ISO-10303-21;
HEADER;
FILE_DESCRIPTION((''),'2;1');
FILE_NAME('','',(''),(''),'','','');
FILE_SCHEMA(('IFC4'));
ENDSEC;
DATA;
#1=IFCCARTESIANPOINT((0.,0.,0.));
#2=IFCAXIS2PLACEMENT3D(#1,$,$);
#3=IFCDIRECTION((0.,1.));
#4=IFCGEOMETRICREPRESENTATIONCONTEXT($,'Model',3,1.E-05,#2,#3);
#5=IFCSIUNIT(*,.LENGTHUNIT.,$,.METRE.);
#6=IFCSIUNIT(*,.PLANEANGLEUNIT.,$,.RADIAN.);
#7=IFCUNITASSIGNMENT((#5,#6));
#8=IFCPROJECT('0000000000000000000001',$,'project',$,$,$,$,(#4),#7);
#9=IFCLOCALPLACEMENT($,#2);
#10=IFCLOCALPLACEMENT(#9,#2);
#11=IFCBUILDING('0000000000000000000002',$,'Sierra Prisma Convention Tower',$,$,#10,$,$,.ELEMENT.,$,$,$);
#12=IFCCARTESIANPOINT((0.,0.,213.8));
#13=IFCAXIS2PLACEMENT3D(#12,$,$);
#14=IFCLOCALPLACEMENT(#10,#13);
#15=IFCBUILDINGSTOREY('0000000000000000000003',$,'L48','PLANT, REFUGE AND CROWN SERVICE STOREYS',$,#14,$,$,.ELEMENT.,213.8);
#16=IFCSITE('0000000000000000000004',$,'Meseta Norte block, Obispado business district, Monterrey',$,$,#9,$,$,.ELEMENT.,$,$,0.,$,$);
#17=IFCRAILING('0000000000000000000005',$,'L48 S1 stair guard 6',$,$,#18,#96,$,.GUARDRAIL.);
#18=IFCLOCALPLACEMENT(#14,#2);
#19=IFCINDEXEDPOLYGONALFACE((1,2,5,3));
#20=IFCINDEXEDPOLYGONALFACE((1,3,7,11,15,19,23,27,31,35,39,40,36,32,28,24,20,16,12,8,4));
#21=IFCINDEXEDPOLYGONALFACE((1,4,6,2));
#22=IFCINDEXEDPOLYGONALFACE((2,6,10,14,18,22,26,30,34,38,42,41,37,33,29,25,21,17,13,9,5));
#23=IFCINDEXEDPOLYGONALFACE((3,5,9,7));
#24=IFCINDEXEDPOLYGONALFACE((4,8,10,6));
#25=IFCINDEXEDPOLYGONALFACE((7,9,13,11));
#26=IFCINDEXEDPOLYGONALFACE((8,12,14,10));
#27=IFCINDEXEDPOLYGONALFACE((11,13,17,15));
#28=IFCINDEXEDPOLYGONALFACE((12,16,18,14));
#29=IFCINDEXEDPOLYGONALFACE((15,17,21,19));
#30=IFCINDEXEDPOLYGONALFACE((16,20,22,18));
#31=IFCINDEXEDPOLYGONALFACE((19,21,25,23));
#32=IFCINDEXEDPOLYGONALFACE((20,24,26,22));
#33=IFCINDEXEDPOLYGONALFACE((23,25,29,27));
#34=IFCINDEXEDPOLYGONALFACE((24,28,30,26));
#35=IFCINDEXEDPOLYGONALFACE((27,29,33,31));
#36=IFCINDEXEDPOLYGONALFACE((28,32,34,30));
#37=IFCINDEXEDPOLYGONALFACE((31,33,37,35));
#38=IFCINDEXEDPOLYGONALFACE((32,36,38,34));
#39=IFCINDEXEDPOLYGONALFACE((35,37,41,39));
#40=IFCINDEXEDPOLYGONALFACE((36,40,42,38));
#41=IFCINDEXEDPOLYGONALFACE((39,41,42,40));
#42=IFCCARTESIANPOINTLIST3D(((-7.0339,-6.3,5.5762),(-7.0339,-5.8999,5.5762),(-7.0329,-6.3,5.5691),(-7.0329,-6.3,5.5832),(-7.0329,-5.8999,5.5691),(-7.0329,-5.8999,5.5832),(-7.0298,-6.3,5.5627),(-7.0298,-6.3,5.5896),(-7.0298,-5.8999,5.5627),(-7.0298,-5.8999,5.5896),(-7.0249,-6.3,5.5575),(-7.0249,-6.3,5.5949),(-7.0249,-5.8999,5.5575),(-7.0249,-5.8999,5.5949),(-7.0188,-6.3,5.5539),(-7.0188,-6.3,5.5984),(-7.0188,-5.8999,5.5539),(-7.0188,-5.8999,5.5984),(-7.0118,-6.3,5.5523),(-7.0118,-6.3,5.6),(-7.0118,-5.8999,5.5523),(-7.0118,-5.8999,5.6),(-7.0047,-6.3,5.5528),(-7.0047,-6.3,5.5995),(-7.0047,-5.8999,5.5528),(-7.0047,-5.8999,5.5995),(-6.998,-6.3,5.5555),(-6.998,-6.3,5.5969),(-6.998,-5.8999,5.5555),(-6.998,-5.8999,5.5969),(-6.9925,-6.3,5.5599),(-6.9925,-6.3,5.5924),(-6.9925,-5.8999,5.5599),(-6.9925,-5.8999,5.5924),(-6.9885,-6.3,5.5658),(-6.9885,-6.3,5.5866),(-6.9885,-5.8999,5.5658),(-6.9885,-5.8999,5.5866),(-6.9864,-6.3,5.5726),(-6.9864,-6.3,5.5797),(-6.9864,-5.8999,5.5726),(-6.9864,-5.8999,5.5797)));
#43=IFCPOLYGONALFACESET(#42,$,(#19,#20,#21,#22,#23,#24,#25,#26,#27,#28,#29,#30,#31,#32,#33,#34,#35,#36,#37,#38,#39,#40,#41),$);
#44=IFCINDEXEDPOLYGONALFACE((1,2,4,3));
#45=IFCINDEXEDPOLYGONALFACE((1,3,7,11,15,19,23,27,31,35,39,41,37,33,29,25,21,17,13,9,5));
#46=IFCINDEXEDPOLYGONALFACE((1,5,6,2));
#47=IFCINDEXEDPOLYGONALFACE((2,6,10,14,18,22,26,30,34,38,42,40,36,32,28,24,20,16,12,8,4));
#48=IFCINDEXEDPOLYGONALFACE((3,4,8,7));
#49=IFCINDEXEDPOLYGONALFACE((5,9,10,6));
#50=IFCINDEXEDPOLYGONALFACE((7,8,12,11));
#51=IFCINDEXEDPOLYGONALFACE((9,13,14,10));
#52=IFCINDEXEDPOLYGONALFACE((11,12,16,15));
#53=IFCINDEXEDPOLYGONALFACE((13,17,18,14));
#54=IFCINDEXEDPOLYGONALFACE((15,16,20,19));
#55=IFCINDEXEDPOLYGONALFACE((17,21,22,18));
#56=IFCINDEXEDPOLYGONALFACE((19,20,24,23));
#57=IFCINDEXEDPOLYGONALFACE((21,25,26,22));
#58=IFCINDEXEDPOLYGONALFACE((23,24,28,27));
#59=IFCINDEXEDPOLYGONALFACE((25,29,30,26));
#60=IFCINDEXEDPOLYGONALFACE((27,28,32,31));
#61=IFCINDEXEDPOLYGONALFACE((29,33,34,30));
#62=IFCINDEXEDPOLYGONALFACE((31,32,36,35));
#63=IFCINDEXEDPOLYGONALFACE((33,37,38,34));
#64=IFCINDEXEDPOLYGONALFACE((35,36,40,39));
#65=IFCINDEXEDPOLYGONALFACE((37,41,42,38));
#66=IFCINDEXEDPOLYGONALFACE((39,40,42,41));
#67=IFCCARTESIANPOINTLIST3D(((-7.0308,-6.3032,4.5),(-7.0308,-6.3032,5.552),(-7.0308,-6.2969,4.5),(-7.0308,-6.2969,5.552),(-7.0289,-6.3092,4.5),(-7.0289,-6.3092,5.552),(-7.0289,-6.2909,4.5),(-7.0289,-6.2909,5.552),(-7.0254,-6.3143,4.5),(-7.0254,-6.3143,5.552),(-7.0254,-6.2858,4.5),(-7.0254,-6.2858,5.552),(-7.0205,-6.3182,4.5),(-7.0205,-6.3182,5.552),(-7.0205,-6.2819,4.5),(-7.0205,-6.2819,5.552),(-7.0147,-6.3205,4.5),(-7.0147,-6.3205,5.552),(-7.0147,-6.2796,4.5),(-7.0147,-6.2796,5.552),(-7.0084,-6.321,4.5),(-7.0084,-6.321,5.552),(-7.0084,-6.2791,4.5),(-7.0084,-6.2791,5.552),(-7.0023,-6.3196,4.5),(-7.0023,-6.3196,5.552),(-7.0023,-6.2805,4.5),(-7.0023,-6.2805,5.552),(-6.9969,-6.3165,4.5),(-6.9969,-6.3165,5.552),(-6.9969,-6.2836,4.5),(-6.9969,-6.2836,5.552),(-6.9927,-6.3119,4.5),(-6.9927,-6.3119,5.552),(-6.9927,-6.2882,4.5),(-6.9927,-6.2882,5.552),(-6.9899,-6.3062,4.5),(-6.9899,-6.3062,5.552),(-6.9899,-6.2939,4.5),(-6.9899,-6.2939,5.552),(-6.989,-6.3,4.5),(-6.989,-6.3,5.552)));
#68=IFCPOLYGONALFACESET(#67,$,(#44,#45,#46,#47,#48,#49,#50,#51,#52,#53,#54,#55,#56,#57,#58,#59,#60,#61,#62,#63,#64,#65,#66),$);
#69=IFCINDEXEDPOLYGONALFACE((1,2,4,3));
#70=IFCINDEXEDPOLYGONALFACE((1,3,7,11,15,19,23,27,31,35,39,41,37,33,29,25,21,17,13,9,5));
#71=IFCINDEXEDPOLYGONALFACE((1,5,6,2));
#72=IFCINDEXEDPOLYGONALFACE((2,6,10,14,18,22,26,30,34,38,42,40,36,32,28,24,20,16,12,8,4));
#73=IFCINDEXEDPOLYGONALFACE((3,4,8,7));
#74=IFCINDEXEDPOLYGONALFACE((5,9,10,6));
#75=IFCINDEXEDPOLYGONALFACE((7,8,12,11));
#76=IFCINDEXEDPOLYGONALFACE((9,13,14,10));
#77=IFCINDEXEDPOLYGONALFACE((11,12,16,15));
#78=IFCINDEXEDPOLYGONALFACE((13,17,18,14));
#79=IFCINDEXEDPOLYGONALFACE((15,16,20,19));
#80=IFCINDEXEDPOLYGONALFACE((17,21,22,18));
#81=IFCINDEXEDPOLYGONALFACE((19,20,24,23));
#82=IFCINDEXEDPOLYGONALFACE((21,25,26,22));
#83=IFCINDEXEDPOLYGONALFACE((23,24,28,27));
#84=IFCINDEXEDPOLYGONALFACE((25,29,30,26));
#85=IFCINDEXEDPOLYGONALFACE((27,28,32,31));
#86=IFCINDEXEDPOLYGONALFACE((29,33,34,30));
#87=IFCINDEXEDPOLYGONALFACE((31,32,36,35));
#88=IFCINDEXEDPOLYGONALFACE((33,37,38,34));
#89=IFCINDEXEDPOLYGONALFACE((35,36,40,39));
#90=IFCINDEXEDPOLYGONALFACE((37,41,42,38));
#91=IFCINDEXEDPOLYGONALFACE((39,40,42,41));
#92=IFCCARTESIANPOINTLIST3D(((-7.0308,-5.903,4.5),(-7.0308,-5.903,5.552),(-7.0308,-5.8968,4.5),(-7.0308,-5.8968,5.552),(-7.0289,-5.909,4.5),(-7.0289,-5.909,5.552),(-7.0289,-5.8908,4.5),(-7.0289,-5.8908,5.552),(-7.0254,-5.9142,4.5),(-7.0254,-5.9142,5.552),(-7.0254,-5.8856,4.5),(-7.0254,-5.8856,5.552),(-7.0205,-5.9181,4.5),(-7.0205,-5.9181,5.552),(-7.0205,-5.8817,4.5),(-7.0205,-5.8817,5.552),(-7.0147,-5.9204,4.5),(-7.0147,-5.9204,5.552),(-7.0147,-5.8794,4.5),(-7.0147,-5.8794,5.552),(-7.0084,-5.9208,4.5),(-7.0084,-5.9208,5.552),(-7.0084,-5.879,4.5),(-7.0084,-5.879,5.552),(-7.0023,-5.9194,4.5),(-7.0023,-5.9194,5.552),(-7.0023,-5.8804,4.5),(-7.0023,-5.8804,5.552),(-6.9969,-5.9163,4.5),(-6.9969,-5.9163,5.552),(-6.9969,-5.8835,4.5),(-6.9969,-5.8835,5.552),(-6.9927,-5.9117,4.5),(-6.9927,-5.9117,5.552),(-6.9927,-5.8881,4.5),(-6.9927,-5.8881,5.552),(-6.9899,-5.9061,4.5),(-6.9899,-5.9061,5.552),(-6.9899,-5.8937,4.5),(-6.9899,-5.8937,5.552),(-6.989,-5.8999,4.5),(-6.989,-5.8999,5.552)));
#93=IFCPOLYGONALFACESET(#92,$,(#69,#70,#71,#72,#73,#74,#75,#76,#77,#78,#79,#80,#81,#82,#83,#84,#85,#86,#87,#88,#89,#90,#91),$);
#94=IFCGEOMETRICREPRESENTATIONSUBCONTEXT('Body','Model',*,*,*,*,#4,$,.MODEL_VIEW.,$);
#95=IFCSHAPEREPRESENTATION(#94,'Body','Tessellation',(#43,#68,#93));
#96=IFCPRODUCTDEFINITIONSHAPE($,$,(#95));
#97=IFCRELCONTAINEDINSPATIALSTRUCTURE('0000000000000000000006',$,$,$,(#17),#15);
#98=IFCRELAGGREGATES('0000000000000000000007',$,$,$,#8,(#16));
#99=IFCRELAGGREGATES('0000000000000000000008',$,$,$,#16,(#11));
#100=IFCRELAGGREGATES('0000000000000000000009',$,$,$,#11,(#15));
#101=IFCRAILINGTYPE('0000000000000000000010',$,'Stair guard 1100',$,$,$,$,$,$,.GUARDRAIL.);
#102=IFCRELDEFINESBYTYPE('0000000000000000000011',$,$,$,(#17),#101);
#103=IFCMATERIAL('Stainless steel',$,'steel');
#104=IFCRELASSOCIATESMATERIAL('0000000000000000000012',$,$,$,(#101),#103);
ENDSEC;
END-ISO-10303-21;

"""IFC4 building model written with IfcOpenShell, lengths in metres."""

from ifc_helpers import new_model, si_unit, direction, frame, origin, origin_2d, place, context, subcontext, project, spatial, circle, extrude, material, type_object, element, save


model = new_model("IFC4")

# Units and contexts
model_context = context("Model", 3, precision=1e-05, world=origin(), true_north=direction((0.0, 1.0)))
body_context = subcontext(model_context, "Body", "Model", "MODEL_VIEW")
ifc_project = project(units=[si_unit("LENGTHUNIT", "METRE"), si_unit("PLANEANGLEUNIT", "RADIAN")], contexts=[model_context])

# Site, building, storey
site_placement = place(None, origin())
site = spatial("IfcSite", under=ifc_project, at=site_placement, Name="Meseta Norte block, Obispado business district, Monterrey", CompositionType="ELEMENT", RefElevation=0.0)
building_placement = place(site_placement, origin())
building = spatial("IfcBuilding", under=site, at=building_placement, Name="Sierra Prisma Convention Tower", CompositionType="ELEMENT")
storey_placement = place(building_placement, frame((0.0, 0.0, 213.8)))
storey = spatial("IfcBuildingStorey", under=building, at=storey_placement, Name="L48", Description="PLANT, REFUGE AND CROWN SERVICE STOREYS", CompositionType="ELEMENT", Elevation=213.8)

# Railing
ifc_material_1 = material(Name="Stainless steel", Category="steel")
railing_type_1 = type_object("IfcRailingType", Name="Stair guard 1100", PredefinedType="GUARDRAIL", material=ifc_material_1)
railing_1_placement = place(storey_placement, frame((-7.01, -6.3, 4.5)))
element("IfcRailing", 1, at=railing_1_placement, inside=storey, type_object=railing_type_1, Name="L48 S1 stair guard 6", PredefinedType="GUARDRAIL", context=body_context, shape_type="SweptSolid", body=[
    extrude(circle(Radius=0.0239, at=origin_2d()), frame((0.0, 0.0, 1.0762), z_axis=(0.0, 1.0, 0.0), x_axis=(-1.0, 0.0, 0.0)), (0.0, 0.0, 1.0), 0.4001),
    extrude(circle(Radius=0.021, at=origin_2d()), origin(), (0.0, 0.0, 1.0), 1.052),
    extrude(circle(Radius=0.021, at=origin_2d()), frame((0.0, 0.4001, 0.0)), (0.0, 0.0, 1.0), 1.052),
])

save(model, "model.ifc")
